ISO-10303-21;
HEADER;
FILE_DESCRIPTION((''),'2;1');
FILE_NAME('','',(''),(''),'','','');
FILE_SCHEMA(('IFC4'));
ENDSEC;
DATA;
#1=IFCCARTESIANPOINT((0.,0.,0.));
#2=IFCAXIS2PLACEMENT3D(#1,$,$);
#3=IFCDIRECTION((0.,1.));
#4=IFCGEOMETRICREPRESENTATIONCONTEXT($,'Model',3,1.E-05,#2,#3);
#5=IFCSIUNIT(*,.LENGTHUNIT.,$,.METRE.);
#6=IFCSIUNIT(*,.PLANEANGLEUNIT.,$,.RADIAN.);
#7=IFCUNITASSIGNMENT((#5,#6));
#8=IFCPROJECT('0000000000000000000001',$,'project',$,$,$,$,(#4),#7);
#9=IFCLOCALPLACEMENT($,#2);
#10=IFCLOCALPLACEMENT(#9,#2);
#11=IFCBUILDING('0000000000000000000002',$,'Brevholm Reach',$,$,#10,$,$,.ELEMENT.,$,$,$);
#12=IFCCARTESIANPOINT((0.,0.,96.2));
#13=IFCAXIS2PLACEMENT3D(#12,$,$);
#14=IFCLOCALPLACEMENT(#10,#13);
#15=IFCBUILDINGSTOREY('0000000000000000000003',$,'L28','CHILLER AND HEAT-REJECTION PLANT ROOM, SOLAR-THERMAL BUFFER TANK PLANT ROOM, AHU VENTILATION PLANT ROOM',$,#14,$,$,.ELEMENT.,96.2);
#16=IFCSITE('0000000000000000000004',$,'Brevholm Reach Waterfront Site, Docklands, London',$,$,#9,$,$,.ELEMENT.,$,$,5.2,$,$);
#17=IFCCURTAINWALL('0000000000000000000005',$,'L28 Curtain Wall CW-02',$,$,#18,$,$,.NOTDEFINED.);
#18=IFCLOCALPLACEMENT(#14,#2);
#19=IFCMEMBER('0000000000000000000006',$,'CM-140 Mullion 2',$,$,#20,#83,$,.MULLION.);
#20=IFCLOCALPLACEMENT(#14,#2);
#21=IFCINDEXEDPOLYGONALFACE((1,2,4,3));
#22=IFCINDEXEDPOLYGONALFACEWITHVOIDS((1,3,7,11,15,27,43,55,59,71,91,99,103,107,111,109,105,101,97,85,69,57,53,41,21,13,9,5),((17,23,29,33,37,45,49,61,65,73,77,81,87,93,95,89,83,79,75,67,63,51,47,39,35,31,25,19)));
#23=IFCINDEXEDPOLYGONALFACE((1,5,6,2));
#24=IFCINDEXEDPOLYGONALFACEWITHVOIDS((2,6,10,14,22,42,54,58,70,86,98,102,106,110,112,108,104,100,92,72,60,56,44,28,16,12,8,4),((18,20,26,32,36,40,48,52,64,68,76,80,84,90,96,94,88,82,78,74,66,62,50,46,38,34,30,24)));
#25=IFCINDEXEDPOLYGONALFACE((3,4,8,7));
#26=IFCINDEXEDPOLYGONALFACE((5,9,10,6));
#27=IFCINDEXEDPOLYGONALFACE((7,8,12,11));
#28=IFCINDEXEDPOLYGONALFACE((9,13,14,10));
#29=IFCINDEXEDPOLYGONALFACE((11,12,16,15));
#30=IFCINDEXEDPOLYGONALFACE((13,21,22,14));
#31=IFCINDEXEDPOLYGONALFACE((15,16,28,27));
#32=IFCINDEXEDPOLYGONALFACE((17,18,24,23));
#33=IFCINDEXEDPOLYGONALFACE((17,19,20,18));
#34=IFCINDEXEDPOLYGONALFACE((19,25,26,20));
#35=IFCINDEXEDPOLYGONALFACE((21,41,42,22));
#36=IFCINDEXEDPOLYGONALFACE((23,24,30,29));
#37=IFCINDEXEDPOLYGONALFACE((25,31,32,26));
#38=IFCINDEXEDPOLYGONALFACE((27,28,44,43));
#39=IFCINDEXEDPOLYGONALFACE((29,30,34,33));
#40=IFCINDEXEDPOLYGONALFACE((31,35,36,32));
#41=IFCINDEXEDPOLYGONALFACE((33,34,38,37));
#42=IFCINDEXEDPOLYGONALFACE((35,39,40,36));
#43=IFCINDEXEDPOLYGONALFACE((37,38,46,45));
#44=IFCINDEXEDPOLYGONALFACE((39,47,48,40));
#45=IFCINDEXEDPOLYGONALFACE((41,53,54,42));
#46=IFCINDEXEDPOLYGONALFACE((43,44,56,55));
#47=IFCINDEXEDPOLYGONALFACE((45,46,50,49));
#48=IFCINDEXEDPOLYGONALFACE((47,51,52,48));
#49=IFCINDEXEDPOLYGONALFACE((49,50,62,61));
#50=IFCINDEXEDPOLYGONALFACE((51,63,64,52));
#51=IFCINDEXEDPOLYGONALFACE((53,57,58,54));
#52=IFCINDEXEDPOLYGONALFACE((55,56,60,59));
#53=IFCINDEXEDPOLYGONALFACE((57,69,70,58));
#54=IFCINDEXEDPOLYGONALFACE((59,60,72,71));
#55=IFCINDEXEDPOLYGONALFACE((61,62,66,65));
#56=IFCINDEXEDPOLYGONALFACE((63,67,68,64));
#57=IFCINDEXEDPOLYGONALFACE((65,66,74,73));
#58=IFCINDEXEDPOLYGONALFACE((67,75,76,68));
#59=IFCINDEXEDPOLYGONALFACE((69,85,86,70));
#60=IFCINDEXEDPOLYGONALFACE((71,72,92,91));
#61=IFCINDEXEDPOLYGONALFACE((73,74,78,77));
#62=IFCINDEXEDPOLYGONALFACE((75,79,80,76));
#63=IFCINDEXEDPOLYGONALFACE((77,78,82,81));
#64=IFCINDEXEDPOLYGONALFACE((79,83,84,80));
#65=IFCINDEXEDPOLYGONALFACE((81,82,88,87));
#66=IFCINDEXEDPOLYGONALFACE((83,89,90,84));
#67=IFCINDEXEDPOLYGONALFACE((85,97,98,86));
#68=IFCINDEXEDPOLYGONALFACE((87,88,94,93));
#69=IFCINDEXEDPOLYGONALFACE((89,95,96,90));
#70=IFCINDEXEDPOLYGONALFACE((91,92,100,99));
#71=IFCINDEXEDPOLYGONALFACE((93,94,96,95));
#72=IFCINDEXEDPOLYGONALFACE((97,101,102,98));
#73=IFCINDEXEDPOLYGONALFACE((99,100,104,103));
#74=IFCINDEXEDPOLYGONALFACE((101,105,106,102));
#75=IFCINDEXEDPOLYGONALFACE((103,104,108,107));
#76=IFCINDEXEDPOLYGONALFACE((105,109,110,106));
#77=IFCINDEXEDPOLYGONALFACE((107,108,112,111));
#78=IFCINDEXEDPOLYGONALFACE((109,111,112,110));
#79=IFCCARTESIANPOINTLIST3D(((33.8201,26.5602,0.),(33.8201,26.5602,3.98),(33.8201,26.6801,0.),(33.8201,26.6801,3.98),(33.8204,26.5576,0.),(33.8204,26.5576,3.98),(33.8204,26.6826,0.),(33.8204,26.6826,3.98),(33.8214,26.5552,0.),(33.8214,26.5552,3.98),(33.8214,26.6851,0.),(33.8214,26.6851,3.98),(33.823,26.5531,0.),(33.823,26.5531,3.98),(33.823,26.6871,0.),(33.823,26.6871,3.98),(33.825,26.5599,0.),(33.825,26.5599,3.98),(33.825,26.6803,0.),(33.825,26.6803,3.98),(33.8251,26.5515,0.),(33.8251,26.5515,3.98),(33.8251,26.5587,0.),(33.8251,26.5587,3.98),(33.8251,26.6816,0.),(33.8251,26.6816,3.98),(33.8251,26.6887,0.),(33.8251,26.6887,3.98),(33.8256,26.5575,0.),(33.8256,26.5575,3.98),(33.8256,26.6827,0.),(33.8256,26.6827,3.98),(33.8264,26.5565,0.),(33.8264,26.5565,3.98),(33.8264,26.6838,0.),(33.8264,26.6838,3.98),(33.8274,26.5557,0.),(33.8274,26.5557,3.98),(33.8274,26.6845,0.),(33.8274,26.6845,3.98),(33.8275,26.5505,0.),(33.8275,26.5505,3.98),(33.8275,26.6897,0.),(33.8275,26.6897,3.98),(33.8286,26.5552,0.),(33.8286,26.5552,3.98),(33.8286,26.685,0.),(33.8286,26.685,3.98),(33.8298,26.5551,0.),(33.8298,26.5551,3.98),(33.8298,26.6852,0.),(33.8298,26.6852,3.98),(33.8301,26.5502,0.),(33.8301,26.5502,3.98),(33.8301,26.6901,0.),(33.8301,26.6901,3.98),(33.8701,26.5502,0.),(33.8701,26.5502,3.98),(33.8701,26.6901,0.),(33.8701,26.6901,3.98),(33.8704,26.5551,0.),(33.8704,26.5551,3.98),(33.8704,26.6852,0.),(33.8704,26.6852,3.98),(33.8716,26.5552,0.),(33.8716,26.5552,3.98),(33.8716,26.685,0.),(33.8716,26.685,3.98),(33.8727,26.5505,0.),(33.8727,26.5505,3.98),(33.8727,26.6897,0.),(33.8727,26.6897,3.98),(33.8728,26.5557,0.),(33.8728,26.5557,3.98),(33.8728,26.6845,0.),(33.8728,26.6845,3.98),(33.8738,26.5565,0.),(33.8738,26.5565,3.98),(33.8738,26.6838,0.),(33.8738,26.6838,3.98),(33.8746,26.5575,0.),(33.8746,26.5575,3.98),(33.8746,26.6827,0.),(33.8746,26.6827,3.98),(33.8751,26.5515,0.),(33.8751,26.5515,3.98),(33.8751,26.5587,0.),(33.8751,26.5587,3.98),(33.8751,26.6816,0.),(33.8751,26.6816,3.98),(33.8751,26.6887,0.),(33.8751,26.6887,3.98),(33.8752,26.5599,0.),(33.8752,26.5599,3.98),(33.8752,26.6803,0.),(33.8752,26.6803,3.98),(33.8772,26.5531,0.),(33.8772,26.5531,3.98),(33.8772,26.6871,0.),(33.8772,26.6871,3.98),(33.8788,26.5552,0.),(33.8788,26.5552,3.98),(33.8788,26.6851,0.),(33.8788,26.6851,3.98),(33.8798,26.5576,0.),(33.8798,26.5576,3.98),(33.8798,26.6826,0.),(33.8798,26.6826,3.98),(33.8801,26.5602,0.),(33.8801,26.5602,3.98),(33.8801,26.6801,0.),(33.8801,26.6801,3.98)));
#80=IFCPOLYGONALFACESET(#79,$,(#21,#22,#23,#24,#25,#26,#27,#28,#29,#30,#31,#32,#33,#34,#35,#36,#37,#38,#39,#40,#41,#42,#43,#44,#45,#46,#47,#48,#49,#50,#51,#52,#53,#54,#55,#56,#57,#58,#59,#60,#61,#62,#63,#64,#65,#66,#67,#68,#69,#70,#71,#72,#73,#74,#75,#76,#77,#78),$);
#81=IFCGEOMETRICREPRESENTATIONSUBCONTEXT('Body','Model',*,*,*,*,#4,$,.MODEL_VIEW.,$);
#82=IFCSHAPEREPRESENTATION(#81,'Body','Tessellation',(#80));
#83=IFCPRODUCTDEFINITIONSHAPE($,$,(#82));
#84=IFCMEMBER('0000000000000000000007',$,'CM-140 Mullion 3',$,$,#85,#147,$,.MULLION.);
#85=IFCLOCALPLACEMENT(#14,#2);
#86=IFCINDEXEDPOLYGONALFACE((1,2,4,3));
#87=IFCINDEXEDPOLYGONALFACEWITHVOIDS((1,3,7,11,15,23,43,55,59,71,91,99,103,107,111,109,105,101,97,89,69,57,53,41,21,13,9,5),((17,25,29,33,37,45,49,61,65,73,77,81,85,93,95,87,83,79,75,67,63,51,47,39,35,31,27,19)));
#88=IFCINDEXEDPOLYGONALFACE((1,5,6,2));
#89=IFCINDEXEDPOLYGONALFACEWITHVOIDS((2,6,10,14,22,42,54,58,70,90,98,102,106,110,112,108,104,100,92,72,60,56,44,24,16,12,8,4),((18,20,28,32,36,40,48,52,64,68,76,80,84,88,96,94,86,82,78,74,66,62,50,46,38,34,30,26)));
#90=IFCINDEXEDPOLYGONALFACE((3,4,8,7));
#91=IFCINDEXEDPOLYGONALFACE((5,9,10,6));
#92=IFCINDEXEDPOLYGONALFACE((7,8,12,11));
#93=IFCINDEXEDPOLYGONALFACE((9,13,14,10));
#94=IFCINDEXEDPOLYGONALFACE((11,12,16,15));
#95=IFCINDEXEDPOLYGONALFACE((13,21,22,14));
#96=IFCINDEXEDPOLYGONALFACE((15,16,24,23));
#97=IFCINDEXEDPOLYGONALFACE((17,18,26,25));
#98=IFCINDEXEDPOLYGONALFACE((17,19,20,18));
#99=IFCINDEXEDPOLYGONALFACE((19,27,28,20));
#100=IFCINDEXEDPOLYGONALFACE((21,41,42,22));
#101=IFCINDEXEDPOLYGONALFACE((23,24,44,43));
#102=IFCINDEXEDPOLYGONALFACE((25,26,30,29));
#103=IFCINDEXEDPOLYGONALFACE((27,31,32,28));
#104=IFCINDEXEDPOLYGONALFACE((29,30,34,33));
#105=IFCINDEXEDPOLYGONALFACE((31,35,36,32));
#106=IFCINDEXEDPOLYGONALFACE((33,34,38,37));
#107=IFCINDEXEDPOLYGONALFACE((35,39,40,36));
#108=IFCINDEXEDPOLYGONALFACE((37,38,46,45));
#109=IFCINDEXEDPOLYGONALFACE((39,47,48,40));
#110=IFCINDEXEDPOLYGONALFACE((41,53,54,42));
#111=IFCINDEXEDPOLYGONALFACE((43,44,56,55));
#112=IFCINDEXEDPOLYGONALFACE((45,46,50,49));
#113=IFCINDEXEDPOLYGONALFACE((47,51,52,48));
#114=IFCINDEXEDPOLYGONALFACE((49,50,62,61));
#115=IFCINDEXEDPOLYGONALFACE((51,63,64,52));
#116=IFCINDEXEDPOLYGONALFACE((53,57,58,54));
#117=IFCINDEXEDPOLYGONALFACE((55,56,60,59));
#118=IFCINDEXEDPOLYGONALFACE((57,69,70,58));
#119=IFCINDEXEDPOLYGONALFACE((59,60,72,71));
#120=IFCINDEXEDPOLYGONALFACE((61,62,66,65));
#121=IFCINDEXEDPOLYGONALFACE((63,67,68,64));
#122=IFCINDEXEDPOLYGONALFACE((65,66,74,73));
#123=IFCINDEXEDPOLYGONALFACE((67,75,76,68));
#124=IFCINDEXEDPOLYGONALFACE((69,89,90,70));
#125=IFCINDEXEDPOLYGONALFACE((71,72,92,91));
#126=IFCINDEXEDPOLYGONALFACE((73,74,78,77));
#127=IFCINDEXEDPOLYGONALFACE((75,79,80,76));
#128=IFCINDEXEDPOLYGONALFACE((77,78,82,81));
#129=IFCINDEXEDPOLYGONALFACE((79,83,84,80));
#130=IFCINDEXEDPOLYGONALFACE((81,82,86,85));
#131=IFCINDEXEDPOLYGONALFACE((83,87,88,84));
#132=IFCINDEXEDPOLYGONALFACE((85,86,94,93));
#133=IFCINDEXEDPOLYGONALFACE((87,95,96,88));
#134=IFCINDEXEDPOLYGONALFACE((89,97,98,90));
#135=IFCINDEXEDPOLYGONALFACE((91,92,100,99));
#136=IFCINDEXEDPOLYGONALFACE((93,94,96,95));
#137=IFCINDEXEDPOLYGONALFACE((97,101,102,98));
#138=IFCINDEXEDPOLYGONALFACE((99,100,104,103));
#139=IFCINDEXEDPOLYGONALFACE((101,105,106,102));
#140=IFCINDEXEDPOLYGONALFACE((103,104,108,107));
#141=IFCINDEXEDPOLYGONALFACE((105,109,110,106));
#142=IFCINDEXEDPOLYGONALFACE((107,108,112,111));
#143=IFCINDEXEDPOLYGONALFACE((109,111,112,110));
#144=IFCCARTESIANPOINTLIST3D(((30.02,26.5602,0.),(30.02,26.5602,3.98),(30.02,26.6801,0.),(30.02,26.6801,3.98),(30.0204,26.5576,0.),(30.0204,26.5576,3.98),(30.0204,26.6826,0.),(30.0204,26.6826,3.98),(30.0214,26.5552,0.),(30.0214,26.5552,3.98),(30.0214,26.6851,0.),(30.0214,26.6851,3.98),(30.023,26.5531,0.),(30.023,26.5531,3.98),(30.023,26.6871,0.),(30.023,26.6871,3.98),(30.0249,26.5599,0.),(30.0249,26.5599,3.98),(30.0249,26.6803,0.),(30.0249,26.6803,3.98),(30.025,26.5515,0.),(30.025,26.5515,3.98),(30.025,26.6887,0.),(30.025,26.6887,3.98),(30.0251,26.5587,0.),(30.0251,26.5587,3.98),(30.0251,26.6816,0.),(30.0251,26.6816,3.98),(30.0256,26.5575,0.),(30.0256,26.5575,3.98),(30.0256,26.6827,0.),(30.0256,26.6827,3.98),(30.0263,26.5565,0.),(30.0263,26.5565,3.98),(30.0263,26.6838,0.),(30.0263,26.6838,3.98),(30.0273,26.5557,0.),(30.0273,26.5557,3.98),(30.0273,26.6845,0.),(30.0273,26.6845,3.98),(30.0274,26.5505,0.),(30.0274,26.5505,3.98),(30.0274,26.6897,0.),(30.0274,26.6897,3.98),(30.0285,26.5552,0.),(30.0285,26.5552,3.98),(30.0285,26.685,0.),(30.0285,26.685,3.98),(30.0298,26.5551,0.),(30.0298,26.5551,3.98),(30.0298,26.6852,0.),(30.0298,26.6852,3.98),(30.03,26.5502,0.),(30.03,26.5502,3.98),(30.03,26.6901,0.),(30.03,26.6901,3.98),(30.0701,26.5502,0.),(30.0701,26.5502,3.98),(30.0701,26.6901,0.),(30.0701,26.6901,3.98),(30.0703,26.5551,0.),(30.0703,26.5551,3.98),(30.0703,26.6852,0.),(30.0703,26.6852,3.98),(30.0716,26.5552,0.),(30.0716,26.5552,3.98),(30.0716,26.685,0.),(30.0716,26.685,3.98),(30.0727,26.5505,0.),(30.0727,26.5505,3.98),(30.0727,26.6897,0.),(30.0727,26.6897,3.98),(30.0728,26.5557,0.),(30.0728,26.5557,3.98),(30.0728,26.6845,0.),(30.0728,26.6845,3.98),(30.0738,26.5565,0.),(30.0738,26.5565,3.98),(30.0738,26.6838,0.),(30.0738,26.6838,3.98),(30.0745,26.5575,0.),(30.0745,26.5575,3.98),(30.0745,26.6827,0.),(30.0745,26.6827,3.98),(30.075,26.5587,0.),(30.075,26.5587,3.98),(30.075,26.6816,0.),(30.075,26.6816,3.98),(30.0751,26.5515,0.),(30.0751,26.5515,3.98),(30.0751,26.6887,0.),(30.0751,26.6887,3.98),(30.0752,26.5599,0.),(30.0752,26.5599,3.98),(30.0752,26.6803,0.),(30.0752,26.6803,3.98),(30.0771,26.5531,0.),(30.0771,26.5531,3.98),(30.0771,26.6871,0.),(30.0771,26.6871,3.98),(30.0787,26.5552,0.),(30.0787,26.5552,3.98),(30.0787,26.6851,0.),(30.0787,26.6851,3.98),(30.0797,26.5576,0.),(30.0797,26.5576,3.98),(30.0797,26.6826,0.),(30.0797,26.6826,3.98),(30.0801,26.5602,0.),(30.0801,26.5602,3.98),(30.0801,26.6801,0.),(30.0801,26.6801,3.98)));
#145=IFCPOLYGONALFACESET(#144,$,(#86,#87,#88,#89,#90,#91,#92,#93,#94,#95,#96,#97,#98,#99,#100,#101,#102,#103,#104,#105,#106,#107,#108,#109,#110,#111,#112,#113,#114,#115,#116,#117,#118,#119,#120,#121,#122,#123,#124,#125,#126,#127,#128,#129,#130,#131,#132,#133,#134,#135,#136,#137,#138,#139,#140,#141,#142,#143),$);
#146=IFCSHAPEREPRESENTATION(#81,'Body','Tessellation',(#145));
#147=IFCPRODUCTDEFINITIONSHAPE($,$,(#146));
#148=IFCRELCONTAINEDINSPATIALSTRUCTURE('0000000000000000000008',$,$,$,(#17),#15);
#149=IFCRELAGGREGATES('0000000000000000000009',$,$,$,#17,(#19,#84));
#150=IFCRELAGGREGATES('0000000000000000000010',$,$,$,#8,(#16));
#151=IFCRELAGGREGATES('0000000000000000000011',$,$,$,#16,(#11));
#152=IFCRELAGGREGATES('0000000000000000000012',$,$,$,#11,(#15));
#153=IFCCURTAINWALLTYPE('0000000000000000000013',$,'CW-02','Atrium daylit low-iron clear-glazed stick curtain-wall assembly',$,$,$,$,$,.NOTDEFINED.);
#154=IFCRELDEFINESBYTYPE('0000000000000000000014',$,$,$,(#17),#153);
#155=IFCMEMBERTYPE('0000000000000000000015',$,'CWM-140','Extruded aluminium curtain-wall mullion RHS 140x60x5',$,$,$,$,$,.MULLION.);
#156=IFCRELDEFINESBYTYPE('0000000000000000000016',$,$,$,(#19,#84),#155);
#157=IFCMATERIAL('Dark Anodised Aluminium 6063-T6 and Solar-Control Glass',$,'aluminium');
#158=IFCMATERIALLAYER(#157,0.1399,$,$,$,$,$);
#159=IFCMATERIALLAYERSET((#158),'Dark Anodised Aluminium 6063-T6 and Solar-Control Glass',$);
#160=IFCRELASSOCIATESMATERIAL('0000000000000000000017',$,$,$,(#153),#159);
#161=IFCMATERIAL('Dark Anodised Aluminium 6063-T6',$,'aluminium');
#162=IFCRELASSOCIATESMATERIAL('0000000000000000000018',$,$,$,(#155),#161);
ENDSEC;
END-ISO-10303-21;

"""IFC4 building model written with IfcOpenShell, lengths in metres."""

from ifc_helpers import new_model, si_unit, direction, frame, origin, origin_2d, place, context, subcontext, project, spatial, hollow_rectangle, extrude, material, layer, layer_set, material_profile, profile_set, type_object, element, aggregate, save


model = new_model("IFC4")

# Units and contexts
model_context = context("Model", 3, precision=1e-05, world=origin(), true_north=direction((0.0, 1.0)))
body_context = subcontext(model_context, "Body", "Model", "MODEL_VIEW")
ifc_project = project(units=[si_unit("LENGTHUNIT", "METRE"), si_unit("PLANEANGLEUNIT", "RADIAN")], contexts=[model_context])

# Site, building, storey
site_placement = place(None, origin())
site = spatial("IfcSite", under=ifc_project, at=site_placement, Name="Brevholm Reach Waterfront Site, Docklands, London", CompositionType="ELEMENT", RefElevation=5.2)
building_placement = place(site_placement, origin())
building = spatial("IfcBuilding", under=site, at=building_placement, Name="Brevholm Reach", CompositionType="ELEMENT")
storey_placement = place(building_placement, frame((0.0, 0.0, 96.2)))
storey = spatial("IfcBuildingStorey", under=building, at=storey_placement, Name="L28", Description="CHILLER AND HEAT-REJECTION PLANT ROOM, SOLAR-THERMAL BUFFER TANK PLANT ROOM, AHU VENTILATION PLANT ROOM", CompositionType="ELEMENT", Elevation=96.2)

# Curtain wall, members
ifc_material_1 = material(Name="Dark Anodised Aluminium 6063-T6 and Solar-Control Glass", Category="aluminium")
ifc_layer_1 = layer(ifc_material_1, 0.1399)
ifc_layer_set_1 = layer_set([ifc_layer_1], Name="Dark Anodised Aluminium 6063-T6 and Solar-Control Glass")
curtain_wall_type_1 = type_object("IfcCurtainWallType", Name="CW-02", Description="Atrium daylit low-iron clear-glazed stick curtain-wall assembly", PredefinedType="NOTDEFINED", material=ifc_layer_set_1)
curtain_wall_1_placement = place(storey_placement, origin())
curtain_wall_1 = element("IfcCurtainWall", 1, at=curtain_wall_1_placement, inside=storey, type_object=curtain_wall_type_1, Name="L28 Curtain Wall CW-02", PredefinedType="NOTDEFINED")
ifc_material_2 = material(Name="Dark Anodised Aluminium 6063-T6", Category="aluminium")
ifc_material_profile_1 = material_profile(ifc_material_2, hollow_rectangle(XDim=0.0601, YDim=0.1399, WallThickness=0.0049, InnerFilletRadius=0.0049, OuterFilletRadius=0.01, at=origin_2d()), Name="RHS 140x60x5")
ifc_profile_set_1 = profile_set([ifc_material_profile_1], Name="Dark Anodised Aluminium 6063-T6")
member_type_1 = type_object("IfcMemberType", Name="CWM-140", Description="Extruded aluminium curtain-wall mullion RHS 140x60x5", PredefinedType="MULLION", material=ifc_profile_set_1)
member_1_placement = place(storey_placement, frame((33.8501, 26.6201, 0.0), z_axis=(0.0, 0.0, 1.0), x_axis=(-1.0, 0.0, 0.0)))
member_1 = element("IfcMember", 2, at=member_1_placement, type_object=member_type_1, Name="CM-140 Mullion 2", PredefinedType="MULLION", context=body_context, shape_type="SweptSolid", body=[
    extrude(hollow_rectangle(XDim=0.0601, YDim=0.1399, WallThickness=0.0049, InnerFilletRadius=0.0049, OuterFilletRadius=0.01, at=origin_2d()), origin(), (0.0, 0.0, 1.0), 3.98),
])
member_2_placement = place(storey_placement, frame((30.05, 26.6201, 0.0), z_axis=(0.0, 0.0, 1.0), x_axis=(-1.0, 0.0, 0.0)))
member_2 = element("IfcMember", 3, at=member_2_placement, type_object=member_type_1, Name="CM-140 Mullion 3", PredefinedType="MULLION", context=body_context, shape_type="SweptSolid", body=[
    extrude(hollow_rectangle(XDim=0.0601, YDim=0.1399, WallThickness=0.0049, InnerFilletRadius=0.0049, OuterFilletRadius=0.01, at=origin_2d()), origin(), (0.0, 0.0, 1.0), 3.98),
])

aggregate(curtain_wall_1, [member_1, member_2])

save(model, "model.ifc")
